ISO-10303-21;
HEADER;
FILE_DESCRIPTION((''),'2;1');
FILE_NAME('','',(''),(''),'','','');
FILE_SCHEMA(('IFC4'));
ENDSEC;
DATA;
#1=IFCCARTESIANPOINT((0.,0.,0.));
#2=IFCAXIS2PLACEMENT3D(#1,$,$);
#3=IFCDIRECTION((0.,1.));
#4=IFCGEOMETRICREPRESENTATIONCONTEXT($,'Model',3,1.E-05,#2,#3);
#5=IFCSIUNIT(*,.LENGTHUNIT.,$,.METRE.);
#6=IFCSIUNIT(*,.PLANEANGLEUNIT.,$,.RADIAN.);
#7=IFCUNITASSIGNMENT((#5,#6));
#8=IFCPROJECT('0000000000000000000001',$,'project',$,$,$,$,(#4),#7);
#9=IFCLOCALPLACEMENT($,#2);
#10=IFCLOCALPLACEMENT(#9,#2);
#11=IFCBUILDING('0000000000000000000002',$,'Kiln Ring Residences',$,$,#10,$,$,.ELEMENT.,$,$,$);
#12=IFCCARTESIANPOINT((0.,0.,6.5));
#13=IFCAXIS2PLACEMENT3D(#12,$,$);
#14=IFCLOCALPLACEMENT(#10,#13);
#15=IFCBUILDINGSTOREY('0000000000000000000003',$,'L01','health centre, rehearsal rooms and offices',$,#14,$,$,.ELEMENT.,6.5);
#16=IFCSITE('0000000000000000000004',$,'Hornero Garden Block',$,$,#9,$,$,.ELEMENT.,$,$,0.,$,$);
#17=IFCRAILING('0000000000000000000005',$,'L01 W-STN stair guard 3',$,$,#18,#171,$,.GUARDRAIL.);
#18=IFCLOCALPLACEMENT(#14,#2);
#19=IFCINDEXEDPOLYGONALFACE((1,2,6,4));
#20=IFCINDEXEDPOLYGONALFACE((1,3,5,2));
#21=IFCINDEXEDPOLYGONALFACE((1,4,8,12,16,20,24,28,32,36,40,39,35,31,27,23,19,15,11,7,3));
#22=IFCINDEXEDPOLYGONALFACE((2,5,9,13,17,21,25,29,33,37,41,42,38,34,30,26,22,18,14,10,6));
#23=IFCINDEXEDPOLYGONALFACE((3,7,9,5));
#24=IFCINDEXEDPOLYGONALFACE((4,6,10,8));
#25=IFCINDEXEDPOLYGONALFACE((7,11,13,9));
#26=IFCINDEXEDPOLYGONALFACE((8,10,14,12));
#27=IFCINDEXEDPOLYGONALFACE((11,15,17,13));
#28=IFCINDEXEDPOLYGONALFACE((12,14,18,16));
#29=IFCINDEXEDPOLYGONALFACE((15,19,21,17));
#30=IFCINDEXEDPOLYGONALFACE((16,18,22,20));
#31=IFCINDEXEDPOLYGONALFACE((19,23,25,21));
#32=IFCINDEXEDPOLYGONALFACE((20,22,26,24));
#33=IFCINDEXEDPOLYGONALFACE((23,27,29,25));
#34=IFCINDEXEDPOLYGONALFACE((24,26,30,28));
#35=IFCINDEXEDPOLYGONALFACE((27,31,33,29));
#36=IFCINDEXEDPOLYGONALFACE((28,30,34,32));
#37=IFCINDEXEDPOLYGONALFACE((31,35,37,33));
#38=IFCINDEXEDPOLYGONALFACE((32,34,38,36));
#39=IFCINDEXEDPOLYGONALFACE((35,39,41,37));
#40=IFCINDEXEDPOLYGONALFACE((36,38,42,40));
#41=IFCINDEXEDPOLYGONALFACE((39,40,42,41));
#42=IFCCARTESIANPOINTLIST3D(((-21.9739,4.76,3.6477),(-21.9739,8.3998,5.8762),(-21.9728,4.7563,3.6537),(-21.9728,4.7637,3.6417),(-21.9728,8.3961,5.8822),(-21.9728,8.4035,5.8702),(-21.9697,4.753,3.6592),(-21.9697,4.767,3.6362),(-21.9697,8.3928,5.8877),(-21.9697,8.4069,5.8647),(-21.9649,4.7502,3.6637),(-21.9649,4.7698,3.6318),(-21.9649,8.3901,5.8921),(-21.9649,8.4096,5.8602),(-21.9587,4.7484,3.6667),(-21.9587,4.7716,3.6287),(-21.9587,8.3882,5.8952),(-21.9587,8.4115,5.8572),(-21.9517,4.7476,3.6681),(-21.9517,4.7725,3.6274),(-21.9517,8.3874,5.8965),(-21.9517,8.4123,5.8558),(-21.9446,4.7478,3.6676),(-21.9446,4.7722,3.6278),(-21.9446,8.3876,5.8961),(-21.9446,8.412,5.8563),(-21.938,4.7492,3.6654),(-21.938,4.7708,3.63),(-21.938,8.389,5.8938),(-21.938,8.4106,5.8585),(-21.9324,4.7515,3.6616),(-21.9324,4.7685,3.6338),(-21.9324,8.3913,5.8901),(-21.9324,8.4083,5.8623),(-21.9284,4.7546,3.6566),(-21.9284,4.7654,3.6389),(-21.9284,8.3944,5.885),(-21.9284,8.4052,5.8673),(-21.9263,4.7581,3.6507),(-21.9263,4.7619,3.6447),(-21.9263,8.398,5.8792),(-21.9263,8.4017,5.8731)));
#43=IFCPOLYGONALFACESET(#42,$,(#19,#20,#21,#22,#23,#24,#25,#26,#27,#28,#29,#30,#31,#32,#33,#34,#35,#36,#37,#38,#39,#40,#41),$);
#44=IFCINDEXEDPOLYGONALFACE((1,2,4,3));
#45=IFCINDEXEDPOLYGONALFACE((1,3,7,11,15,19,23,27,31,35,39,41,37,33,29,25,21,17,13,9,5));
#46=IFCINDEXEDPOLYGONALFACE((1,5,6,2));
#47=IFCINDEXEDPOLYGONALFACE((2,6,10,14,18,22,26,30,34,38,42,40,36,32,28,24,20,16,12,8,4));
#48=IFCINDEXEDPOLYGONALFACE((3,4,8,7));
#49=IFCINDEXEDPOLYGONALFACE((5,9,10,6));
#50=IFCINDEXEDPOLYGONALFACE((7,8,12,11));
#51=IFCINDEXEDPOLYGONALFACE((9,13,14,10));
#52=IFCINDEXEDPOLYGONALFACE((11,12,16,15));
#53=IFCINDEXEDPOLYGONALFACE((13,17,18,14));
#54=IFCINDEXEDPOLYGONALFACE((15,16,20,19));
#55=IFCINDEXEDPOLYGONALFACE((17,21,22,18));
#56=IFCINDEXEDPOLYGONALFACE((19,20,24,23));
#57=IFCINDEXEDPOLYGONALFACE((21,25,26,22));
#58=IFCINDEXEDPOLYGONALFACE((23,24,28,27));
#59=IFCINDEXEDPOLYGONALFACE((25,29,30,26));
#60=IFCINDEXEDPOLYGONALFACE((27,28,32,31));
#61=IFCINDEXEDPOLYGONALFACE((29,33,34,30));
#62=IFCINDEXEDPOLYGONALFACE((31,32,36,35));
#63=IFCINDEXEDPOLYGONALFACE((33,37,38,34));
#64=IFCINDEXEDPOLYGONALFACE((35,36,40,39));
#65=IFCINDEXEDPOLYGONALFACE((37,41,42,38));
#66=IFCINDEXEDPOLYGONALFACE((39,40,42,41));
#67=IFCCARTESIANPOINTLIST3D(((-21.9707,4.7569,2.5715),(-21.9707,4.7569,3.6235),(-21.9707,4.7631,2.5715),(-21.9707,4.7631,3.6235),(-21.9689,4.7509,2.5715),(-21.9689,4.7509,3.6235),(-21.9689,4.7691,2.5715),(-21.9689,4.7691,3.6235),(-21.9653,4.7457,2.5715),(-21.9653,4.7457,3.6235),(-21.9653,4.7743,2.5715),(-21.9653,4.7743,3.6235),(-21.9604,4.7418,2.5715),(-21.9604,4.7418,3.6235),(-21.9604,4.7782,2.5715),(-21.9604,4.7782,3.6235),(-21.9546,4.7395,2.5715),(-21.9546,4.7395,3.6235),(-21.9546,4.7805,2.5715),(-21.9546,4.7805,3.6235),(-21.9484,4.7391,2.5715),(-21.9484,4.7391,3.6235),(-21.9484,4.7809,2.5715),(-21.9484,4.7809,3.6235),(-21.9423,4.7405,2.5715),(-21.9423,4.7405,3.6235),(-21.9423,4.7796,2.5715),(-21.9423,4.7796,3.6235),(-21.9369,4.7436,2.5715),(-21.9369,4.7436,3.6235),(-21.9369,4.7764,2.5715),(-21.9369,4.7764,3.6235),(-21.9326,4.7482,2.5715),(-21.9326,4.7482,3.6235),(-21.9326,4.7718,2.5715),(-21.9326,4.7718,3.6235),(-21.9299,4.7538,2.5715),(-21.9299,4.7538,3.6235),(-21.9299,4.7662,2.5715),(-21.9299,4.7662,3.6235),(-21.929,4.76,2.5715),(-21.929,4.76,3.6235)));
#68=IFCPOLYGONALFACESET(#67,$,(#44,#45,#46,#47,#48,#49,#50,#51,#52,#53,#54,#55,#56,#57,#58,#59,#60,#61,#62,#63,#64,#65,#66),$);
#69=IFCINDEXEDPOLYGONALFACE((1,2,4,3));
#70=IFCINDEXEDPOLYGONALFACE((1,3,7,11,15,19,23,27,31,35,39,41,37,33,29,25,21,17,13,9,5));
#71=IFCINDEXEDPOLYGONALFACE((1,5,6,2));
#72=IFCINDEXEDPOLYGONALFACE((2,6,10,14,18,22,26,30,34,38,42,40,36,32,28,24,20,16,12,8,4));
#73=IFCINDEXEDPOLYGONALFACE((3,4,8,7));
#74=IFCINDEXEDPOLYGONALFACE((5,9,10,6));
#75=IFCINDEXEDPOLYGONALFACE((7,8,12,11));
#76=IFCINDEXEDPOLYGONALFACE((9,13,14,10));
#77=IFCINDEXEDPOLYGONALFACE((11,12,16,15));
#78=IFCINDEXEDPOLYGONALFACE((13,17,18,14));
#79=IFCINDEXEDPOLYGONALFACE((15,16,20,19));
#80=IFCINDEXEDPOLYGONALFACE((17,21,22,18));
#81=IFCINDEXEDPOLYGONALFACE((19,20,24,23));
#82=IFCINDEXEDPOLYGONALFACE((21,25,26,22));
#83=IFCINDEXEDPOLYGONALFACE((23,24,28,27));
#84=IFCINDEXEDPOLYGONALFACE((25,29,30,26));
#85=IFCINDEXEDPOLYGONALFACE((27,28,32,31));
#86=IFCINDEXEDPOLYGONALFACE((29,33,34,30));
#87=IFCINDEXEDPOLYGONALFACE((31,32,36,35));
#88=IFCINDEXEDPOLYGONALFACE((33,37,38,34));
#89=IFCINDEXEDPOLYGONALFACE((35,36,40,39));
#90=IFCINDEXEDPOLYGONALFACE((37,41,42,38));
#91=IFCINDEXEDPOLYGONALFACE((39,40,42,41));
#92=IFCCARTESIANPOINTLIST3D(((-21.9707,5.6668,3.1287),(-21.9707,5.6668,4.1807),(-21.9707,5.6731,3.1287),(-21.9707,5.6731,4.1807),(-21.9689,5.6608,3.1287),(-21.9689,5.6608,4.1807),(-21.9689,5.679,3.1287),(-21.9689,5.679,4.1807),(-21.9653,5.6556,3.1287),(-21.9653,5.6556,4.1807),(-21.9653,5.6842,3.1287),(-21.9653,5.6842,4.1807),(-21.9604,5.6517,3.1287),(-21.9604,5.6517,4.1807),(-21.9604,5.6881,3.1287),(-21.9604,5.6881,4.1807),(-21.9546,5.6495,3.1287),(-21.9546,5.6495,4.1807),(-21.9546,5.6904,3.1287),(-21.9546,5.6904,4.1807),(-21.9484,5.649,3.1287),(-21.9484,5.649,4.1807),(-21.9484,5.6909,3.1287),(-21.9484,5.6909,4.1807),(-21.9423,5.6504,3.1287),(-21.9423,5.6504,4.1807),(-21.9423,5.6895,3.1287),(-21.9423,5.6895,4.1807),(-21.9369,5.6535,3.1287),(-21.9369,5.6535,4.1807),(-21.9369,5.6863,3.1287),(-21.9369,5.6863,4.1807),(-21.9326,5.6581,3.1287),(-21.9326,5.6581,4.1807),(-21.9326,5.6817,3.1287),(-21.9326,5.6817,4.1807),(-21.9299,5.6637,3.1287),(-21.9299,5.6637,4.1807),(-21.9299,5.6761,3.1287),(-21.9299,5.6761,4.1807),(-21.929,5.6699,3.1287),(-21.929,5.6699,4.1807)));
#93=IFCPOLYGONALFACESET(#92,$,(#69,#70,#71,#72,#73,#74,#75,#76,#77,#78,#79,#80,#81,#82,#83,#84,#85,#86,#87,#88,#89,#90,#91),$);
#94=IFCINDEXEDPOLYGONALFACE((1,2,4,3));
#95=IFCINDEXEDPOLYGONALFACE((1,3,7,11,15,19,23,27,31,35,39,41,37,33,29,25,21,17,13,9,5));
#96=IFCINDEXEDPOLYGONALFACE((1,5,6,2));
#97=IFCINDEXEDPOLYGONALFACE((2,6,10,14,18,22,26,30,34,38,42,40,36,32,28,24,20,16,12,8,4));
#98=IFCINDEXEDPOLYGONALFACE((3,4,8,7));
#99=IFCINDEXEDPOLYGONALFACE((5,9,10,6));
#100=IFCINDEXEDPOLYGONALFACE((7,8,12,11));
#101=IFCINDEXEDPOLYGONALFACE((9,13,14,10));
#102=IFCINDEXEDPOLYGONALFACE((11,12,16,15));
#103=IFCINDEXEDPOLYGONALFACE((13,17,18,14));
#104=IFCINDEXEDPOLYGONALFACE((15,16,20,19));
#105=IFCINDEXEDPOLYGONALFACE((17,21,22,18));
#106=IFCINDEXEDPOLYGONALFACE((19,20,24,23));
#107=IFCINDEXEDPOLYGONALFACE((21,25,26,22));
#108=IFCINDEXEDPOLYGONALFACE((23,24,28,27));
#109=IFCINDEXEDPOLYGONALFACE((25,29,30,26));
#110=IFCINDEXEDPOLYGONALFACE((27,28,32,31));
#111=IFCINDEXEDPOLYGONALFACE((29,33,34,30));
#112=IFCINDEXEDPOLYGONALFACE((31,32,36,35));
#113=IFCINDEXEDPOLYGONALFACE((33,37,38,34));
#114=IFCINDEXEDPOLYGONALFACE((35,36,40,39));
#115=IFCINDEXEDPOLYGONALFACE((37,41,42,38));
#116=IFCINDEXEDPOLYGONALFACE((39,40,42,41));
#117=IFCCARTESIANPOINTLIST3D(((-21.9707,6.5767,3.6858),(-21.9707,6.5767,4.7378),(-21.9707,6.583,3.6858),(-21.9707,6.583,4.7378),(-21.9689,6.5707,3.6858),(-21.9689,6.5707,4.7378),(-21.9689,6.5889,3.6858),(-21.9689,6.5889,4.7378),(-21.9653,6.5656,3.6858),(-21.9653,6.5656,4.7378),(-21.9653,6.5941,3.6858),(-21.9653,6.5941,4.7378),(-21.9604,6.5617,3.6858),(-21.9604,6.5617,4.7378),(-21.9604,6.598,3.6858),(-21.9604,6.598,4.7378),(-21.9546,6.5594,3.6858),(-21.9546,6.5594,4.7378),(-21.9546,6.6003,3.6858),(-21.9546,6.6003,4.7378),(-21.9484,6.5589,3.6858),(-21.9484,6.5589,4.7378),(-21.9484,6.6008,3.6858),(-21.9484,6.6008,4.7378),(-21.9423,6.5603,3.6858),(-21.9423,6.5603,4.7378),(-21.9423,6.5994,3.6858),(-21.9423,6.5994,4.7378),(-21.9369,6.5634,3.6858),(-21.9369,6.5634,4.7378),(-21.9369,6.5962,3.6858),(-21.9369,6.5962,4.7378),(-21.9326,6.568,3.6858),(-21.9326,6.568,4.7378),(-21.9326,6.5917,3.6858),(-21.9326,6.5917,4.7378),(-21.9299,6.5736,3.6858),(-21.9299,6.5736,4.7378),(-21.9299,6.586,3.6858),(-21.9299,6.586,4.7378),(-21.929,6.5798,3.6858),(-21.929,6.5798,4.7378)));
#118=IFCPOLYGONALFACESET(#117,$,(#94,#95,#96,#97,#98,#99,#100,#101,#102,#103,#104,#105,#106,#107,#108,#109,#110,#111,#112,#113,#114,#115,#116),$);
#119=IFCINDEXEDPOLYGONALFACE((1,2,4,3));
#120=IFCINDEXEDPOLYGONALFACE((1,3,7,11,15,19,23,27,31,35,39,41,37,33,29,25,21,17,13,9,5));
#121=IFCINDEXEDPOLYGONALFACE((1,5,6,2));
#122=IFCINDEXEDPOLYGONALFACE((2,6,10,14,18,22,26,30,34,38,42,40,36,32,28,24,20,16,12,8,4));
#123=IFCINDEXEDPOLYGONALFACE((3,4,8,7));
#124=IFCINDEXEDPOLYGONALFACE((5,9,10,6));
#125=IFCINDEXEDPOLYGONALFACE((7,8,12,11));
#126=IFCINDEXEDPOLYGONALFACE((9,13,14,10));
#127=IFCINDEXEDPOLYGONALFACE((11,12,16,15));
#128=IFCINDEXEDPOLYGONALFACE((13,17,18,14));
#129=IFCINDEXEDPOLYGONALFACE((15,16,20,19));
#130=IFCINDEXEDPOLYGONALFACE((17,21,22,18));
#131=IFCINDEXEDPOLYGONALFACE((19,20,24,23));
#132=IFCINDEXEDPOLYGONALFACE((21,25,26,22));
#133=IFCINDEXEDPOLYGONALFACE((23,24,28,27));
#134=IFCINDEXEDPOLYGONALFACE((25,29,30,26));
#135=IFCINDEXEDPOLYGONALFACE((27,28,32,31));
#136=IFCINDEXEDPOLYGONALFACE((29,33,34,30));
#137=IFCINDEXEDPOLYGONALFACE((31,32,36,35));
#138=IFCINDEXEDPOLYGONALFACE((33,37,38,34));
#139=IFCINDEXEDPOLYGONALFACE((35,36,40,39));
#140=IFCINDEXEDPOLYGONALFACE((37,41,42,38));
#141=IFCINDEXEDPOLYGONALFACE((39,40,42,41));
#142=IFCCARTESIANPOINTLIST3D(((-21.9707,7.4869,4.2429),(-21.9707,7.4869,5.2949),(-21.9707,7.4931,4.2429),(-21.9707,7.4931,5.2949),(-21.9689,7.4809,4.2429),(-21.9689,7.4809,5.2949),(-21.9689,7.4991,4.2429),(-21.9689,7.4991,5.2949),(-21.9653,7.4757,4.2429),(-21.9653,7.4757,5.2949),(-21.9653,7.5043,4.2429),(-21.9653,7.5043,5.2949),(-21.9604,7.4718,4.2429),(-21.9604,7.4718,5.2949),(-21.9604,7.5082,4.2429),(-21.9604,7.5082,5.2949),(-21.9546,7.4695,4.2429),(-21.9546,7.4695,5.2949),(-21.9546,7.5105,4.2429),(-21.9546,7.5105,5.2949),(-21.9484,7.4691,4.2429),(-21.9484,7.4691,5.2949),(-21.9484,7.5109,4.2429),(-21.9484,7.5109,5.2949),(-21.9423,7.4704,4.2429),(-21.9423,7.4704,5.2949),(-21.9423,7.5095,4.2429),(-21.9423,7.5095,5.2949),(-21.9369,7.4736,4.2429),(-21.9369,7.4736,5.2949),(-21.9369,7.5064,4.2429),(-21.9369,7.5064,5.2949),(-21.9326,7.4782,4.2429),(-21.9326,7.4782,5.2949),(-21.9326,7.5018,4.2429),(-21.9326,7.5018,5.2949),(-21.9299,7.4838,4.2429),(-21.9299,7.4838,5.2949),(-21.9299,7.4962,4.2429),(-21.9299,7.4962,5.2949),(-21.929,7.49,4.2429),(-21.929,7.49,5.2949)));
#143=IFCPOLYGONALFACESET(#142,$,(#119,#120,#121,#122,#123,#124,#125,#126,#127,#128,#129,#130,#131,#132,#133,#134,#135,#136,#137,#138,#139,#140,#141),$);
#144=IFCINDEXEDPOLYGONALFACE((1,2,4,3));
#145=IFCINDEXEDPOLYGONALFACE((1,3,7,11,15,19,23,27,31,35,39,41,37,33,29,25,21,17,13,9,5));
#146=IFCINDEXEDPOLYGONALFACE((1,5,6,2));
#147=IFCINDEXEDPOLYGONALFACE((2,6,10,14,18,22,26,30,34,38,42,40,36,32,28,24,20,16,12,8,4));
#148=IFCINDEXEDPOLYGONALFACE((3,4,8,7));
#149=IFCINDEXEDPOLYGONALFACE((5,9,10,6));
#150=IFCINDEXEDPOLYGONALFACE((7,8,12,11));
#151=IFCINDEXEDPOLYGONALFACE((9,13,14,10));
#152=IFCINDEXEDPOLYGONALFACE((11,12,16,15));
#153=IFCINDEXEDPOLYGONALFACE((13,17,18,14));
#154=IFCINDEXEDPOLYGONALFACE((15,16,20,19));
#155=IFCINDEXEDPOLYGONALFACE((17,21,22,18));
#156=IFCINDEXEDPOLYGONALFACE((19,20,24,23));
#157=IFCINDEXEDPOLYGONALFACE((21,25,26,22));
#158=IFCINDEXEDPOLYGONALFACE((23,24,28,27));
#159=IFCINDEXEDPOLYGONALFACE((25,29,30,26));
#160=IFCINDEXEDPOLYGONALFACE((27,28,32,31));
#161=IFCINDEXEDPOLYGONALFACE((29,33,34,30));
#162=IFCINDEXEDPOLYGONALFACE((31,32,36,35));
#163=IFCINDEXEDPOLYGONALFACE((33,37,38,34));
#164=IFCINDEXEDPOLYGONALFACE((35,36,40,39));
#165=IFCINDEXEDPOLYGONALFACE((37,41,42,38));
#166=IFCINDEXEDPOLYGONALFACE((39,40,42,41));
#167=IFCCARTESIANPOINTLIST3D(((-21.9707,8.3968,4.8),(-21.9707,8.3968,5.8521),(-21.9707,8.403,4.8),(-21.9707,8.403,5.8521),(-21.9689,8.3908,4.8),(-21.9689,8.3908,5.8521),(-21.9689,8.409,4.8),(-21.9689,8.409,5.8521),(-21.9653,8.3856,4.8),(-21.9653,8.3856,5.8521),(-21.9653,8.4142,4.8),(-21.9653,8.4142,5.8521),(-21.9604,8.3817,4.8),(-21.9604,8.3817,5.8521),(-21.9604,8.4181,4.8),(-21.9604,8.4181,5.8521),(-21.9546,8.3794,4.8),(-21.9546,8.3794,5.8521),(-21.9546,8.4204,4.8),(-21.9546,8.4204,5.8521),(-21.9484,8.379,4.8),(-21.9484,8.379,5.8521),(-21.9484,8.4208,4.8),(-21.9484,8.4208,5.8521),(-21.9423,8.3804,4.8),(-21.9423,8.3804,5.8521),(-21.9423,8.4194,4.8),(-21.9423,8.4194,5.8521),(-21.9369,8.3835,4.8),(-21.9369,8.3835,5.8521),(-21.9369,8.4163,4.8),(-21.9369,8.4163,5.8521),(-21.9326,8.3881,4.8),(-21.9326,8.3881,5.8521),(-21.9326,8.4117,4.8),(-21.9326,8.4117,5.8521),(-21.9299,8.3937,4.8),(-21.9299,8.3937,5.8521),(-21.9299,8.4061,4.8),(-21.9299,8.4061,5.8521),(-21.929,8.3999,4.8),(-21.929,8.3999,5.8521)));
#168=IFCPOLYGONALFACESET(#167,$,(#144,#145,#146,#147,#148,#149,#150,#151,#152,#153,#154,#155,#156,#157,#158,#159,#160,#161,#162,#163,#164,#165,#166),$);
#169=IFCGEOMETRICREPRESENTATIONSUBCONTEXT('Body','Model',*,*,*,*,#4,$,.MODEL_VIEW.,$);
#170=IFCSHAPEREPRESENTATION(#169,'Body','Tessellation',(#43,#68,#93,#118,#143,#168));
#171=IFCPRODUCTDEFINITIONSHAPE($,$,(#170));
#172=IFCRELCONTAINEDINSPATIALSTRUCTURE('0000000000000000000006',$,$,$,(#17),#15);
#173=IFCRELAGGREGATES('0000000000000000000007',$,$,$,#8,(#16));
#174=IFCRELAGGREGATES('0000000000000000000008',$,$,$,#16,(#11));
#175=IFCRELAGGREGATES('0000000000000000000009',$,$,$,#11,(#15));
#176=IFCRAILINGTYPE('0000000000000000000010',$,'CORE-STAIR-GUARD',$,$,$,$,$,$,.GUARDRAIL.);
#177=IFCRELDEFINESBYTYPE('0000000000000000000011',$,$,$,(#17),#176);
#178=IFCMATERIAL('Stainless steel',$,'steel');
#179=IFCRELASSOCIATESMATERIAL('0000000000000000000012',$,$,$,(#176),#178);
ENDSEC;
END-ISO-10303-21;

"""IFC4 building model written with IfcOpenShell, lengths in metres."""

from ifc_helpers import new_model, si_unit, direction, frame, origin, origin_2d, place, context, subcontext, project, spatial, circle, extrude, material, type_object, element, save


model = new_model("IFC4")

# Units and contexts
model_context = context("Model", 3, precision=1e-05, world=origin(), true_north=direction((0.0, 1.0)))
body_context = subcontext(model_context, "Body", "Model", "MODEL_VIEW")
ifc_project = project(units=[si_unit("LENGTHUNIT", "METRE"), si_unit("PLANEANGLEUNIT", "RADIAN")], contexts=[model_context])

# Site, building, storey
site_placement = place(None, origin())
site = spatial("IfcSite", under=ifc_project, at=site_placement, Name="Hornero Garden Block", CompositionType="ELEMENT", RefElevation=0.0)
building_placement = place(site_placement, origin())
building = spatial("IfcBuilding", under=site, at=building_placement, Name="Kiln Ring Residences", CompositionType="ELEMENT")
storey_placement = place(building_placement, frame((0.0, 0.0, 6.5)))
storey = spatial("IfcBuildingStorey", under=building, at=storey_placement, Name="L01", Description="health centre, rehearsal rooms and offices", CompositionType="ELEMENT", Elevation=6.5)

# Railing
ifc_material_1 = material(Name="Stainless steel", Category="steel")
railing_type_1 = type_object("IfcRailingType", Name="CORE-STAIR-GUARD", PredefinedType="GUARDRAIL", material=ifc_material_1)
railing_1_placement = place(storey_placement, frame((-21.95, 4.76, 2.5715)))
element("IfcRailing", 1, at=railing_1_placement, inside=storey, type_object=railing_type_1, Name="L01 W-STN stair guard 3", PredefinedType="GUARDRAIL", context=body_context, shape_type="SweptSolid", body=[
    extrude(circle(Radius=0.0239, at=origin_2d()), frame((0.0, 0.0, 1.0762), z_axis=(0.0, 0.85285, 0.522156), x_axis=(-1.0, 0.0, 0.0)), (0.0, 0.0, 1.0), 4.2678),
    extrude(circle(Radius=0.021, at=origin_2d()), origin(), (0.0, 0.0, 1.0), 1.052),
    extrude(circle(Radius=0.021, at=origin_2d()), frame((0.0, 0.9099, 0.5571)), (0.0, 0.0, 1.0), 1.052),
    extrude(circle(Radius=0.021, at=origin_2d()), frame((0.0, 1.8198, 1.1143)), (0.0, 0.0, 1.0), 1.052),
    extrude(circle(Radius=0.021, at=origin_2d()), frame((0.0, 2.73, 1.6714)), (0.0, 0.0, 1.0), 1.052),
    extrude(circle(Radius=0.021, at=origin_2d()), frame((0.0, 3.6399, 2.2285)), (0.0, 0.0, 1.0), 1.052),
])

save(model, "model.ifc")
